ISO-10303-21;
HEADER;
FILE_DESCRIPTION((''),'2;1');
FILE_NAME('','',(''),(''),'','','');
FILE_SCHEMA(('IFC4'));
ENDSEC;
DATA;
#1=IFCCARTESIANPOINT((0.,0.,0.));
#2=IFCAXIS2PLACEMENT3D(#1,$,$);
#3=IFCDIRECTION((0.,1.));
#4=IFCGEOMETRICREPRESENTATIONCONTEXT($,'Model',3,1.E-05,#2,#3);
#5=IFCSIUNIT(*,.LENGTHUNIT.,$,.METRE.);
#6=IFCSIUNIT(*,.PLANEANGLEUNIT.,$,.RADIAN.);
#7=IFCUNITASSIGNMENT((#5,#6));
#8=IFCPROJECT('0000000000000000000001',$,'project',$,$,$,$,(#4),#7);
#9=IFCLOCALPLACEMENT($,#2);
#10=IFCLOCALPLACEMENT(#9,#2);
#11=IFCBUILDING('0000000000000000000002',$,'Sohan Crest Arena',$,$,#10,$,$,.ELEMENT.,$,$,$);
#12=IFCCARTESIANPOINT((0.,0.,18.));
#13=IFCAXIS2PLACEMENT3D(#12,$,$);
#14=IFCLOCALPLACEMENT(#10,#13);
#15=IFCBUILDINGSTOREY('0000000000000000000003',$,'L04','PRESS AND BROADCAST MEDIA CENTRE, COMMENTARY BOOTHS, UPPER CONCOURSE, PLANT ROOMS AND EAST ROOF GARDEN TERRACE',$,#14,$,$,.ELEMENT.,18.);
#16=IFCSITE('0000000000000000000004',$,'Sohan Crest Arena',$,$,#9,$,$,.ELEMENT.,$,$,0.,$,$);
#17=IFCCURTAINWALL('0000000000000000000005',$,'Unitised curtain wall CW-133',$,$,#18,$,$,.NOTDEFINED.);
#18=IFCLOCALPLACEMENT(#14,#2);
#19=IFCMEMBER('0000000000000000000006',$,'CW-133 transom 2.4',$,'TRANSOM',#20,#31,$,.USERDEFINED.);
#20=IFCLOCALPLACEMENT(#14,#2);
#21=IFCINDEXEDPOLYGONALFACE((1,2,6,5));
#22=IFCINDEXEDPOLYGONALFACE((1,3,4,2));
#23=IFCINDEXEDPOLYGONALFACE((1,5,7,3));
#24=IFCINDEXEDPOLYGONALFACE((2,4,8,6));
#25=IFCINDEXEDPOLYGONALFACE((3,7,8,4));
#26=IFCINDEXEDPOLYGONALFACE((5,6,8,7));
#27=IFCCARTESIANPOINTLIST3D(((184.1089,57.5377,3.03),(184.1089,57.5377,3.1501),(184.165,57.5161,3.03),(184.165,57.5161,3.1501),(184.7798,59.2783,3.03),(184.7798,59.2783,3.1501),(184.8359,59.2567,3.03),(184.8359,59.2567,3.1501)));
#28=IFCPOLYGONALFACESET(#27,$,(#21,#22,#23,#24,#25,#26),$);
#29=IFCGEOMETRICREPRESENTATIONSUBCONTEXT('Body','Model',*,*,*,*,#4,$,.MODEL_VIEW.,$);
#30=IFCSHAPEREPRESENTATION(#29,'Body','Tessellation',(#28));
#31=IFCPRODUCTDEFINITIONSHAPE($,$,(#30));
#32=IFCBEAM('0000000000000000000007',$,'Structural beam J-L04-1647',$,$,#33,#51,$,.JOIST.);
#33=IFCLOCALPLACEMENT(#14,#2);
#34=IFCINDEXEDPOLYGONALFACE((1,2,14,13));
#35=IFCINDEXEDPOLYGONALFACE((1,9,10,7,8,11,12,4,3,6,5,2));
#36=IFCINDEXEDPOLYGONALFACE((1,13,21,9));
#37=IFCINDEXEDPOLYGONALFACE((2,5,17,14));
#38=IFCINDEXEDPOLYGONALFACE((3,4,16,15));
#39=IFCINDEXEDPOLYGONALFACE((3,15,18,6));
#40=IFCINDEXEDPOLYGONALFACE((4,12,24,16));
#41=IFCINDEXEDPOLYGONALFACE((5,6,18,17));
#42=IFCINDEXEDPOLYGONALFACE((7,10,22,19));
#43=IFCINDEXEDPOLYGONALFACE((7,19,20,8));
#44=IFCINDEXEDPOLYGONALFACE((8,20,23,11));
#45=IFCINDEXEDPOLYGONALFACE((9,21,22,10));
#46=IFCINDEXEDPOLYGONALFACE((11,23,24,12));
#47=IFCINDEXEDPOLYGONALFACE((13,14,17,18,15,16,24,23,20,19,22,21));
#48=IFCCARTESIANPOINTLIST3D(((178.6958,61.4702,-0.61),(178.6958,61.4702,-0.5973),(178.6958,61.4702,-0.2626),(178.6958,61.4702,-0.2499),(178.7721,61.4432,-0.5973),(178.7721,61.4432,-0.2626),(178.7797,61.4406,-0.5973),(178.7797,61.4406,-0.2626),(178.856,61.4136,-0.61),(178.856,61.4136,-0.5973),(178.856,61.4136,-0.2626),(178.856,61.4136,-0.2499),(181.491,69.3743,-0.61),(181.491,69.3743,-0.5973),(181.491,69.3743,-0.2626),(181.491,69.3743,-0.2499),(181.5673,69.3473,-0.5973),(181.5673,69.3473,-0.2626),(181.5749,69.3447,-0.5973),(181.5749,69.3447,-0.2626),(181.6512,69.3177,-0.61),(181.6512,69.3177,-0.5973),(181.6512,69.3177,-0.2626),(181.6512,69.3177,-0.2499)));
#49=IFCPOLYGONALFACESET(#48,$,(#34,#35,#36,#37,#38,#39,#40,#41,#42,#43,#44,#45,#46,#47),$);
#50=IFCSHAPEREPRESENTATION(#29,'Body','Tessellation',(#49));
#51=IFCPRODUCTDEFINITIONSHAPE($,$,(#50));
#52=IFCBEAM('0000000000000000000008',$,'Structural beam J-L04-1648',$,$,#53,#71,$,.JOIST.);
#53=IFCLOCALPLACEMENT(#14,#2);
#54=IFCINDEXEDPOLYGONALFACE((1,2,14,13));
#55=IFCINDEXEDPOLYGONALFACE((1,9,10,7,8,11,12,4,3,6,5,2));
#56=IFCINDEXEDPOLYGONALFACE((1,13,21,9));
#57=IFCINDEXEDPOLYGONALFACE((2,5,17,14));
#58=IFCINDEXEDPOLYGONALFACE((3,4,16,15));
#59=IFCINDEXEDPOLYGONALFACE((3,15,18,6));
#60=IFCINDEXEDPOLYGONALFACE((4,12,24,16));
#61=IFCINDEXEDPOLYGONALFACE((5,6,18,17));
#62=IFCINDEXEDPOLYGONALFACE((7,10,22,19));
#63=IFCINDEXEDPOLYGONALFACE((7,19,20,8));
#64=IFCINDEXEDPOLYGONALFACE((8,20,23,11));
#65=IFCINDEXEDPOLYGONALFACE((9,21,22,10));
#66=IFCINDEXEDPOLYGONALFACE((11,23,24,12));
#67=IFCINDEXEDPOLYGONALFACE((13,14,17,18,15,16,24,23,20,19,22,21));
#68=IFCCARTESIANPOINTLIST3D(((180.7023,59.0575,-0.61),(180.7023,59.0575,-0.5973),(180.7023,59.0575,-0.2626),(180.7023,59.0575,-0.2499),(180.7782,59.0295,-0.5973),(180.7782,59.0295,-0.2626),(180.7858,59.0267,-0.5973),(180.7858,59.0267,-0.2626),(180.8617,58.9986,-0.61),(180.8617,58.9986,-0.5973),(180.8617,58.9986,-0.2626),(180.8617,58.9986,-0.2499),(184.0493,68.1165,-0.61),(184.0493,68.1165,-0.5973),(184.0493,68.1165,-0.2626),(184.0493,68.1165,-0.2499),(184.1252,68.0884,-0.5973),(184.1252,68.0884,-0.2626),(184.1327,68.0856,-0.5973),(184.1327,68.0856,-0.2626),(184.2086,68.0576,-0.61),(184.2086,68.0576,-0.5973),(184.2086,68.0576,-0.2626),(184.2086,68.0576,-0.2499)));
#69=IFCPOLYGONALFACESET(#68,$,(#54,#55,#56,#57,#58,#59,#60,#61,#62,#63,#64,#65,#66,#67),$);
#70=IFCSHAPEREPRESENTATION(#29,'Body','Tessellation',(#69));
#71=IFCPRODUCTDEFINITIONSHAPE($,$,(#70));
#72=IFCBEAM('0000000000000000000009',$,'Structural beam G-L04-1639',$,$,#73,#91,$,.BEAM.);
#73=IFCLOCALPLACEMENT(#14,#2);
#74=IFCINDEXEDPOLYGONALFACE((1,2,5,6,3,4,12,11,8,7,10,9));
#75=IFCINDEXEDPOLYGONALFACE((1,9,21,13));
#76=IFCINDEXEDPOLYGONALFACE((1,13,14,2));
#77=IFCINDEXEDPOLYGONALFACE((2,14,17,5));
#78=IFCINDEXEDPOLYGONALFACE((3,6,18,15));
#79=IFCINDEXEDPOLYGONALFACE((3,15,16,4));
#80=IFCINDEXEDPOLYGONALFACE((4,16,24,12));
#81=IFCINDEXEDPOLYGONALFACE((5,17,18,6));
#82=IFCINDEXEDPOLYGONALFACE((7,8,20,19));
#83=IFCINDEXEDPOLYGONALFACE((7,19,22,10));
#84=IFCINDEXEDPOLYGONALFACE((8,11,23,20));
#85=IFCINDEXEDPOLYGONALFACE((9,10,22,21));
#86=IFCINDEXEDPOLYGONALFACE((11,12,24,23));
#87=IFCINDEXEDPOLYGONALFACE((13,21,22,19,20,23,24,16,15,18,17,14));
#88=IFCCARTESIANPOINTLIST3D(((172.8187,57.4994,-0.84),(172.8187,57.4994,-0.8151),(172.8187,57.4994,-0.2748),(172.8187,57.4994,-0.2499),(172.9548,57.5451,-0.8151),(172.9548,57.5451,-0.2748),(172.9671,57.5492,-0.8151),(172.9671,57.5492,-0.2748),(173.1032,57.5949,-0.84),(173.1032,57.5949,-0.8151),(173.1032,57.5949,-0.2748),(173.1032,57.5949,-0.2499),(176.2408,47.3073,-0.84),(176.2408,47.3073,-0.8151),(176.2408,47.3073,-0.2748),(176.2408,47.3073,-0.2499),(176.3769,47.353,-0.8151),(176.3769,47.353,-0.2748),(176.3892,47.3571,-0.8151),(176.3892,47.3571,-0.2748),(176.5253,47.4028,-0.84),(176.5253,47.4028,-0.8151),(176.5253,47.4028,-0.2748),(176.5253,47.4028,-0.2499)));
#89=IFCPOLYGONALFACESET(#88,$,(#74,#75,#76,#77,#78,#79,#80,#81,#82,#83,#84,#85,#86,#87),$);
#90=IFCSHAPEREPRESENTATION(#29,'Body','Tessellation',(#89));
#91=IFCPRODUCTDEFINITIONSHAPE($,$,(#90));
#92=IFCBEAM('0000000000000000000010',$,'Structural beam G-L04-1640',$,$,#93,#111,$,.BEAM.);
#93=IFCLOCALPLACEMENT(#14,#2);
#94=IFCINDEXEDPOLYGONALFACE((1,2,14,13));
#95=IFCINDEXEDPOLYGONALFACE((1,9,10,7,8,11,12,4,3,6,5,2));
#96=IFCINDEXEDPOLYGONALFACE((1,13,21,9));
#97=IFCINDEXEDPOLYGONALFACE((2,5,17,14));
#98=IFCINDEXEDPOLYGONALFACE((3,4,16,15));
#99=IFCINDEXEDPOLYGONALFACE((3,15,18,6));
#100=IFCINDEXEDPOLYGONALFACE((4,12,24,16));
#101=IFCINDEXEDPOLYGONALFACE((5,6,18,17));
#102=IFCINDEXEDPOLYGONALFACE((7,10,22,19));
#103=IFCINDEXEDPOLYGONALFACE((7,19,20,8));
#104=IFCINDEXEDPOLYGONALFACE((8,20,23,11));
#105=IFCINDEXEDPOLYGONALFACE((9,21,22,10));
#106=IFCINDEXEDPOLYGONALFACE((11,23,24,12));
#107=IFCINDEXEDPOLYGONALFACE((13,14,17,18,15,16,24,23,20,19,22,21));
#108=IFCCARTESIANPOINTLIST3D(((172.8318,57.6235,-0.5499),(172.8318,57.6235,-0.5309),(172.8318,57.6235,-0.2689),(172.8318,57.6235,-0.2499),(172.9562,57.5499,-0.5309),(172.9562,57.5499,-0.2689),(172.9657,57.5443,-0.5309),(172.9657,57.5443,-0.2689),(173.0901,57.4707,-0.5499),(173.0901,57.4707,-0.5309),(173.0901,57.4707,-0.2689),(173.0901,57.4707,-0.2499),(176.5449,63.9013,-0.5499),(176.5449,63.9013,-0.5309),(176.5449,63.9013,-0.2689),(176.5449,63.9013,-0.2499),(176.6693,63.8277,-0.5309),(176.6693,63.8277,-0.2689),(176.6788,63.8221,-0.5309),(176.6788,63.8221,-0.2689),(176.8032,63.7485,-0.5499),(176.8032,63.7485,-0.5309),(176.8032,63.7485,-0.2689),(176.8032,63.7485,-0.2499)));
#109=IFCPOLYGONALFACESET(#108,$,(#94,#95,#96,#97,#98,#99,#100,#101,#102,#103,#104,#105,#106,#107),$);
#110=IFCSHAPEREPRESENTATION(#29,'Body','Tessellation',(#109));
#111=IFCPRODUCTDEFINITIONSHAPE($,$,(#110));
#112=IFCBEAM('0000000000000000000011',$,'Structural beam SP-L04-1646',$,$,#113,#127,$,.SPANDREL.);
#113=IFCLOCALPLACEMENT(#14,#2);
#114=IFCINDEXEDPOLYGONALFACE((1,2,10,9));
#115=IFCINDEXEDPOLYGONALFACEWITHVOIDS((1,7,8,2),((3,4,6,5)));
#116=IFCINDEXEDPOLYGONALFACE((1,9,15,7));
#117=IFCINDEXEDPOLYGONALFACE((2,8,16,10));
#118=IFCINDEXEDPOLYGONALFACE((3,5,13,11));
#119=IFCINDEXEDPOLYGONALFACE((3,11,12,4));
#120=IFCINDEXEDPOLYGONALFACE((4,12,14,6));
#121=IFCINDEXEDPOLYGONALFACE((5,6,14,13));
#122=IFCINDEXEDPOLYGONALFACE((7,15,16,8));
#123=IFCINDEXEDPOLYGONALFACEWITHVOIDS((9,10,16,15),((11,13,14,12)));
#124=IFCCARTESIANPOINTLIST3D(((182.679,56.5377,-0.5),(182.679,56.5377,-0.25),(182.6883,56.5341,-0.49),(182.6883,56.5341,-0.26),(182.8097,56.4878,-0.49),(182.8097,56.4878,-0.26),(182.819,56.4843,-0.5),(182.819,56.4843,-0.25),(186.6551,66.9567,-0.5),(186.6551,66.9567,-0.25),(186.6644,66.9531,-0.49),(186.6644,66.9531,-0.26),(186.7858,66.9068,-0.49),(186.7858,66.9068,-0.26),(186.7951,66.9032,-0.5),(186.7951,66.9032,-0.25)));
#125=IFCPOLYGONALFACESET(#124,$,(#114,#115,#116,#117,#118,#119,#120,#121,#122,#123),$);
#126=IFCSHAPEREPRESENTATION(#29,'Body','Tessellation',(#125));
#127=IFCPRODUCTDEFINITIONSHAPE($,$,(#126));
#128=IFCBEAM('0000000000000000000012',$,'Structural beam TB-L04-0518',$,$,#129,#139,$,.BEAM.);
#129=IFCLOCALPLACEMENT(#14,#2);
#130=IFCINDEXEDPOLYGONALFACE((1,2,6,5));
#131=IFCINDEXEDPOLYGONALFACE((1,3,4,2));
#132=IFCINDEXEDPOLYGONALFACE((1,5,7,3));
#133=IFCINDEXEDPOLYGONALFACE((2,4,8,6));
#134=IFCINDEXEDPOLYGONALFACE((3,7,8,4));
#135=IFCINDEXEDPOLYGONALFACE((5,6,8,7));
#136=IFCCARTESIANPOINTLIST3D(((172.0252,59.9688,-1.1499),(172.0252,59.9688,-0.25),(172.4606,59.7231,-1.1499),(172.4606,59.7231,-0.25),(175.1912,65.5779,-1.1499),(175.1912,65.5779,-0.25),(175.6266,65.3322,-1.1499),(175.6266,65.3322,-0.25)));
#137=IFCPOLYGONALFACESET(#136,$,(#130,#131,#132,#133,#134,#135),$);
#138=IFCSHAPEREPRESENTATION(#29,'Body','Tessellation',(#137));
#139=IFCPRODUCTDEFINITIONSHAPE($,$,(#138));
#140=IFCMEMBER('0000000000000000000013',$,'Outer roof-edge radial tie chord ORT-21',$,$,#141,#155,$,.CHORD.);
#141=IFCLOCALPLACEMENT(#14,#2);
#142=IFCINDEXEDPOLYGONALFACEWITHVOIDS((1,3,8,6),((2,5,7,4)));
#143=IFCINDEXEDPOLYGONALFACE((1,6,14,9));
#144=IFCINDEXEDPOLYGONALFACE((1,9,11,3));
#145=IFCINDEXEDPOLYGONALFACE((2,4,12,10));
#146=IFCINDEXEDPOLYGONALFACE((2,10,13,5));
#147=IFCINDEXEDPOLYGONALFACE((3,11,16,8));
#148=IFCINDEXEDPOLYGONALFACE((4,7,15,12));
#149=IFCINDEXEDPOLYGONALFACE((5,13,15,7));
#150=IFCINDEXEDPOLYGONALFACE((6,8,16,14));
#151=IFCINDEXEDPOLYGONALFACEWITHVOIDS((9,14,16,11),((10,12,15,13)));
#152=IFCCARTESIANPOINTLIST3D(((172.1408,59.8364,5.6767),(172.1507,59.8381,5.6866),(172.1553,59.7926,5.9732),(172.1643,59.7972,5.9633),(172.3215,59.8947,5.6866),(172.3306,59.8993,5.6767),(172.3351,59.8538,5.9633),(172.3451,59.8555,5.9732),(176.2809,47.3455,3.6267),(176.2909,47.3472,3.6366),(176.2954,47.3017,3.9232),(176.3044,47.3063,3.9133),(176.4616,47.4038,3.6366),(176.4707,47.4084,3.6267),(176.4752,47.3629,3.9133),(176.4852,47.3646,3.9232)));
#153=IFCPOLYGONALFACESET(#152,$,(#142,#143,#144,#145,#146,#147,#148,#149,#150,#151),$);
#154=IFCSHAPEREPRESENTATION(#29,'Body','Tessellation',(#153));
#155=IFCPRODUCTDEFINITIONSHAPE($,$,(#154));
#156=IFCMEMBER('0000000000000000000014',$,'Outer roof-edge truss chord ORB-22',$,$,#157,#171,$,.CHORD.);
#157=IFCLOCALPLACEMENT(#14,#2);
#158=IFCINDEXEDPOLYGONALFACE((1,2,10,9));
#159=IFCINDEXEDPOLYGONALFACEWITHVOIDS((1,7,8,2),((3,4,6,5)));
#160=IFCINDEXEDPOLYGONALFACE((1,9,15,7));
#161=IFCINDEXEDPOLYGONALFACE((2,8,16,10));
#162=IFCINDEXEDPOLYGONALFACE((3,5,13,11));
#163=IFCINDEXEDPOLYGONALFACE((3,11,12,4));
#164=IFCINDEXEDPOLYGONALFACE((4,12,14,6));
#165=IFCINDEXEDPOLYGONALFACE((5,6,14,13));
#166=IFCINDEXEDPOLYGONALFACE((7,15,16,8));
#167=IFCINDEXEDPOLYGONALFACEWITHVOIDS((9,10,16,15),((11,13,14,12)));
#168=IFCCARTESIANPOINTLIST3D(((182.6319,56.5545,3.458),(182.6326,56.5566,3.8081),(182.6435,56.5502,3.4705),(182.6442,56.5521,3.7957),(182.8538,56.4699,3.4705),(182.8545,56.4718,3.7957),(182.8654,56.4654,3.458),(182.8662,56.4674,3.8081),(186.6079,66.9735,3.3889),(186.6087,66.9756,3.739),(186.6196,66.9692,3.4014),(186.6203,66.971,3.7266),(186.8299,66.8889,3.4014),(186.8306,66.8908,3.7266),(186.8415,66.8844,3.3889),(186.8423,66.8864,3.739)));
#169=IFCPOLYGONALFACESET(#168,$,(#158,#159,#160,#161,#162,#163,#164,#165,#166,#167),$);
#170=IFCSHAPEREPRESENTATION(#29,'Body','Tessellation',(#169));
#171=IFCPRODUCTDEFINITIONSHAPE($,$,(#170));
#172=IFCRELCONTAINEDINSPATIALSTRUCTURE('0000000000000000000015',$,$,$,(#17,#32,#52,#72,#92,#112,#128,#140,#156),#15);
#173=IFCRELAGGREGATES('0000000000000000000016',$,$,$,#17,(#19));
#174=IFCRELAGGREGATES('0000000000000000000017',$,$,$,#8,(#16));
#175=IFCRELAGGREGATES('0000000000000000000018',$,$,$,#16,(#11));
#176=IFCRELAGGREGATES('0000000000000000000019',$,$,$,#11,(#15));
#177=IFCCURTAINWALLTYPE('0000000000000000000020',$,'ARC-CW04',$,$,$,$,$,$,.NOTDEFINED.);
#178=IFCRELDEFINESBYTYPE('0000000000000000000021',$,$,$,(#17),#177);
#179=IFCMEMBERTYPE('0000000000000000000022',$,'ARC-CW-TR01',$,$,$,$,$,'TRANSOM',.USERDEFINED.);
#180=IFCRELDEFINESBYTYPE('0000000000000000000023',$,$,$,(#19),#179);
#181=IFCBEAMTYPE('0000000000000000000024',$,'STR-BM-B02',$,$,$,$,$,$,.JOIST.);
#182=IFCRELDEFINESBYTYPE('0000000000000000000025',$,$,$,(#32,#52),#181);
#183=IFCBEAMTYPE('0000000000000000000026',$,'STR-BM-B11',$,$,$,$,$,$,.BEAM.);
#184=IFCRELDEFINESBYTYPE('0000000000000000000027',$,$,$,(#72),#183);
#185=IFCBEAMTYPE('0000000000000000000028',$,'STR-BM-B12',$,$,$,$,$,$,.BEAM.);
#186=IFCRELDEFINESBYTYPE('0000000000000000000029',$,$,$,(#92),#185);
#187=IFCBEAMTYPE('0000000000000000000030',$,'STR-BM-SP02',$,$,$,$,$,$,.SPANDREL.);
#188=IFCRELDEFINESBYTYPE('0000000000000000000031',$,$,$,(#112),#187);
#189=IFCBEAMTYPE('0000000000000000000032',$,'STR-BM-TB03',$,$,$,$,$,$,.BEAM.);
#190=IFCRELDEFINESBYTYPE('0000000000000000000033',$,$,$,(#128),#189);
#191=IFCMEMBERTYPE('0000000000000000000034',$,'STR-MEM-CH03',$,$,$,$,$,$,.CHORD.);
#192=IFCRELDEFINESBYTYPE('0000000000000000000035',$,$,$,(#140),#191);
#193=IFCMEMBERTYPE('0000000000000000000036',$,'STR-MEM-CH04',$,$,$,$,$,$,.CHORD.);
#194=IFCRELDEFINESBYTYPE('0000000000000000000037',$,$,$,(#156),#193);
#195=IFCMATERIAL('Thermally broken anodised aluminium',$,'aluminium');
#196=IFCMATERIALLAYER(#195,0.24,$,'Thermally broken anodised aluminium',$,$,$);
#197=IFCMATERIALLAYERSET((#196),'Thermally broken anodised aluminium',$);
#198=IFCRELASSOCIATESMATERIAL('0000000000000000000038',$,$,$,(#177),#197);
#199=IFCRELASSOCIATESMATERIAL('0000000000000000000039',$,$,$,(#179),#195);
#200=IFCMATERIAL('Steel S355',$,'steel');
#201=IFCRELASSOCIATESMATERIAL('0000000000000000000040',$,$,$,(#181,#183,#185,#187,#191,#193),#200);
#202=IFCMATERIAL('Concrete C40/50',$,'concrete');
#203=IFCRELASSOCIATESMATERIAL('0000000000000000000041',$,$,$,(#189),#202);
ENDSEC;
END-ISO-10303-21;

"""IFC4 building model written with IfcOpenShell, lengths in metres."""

from ifc_helpers import new_model, si_unit, direction, frame, origin, origin_2d, place, context, subcontext, project, spatial, rectangle, hollow_rectangle, i_section, extrude, material, layer, layer_set, material_profile, profile_set, type_object, element, aggregate, save


model = new_model("IFC4")

# Units and contexts
model_context = context("Model", 3, precision=1e-05, world=origin(), true_north=direction((0.0, 1.0)))
body_context = subcontext(model_context, "Body", "Model", "MODEL_VIEW")
ifc_project = project(units=[si_unit("LENGTHUNIT", "METRE"), si_unit("PLANEANGLEUNIT", "RADIAN")], contexts=[model_context])

# Site, building, storey
site_placement = place(None, origin())
site = spatial("IfcSite", under=ifc_project, at=site_placement, Name="Sohan Crest Arena", CompositionType="ELEMENT", RefElevation=0.0)
building_placement = place(site_placement, origin())
building = spatial("IfcBuilding", under=site, at=building_placement, Name="Sohan Crest Arena", CompositionType="ELEMENT")
storey_placement = place(building_placement, frame((0.0, 0.0, 18.0)))
storey = spatial("IfcBuildingStorey", under=building, at=storey_placement, Name="L04", Description="PRESS AND BROADCAST MEDIA CENTRE, COMMENTARY BOOTHS, UPPER CONCOURSE, PLANT ROOMS AND EAST ROOF GARDEN TERRACE", CompositionType="ELEMENT", Elevation=18.0)

# Shared definitions
ifc_material_1 = material(Name="Concrete C40/50", Category="concrete")
ifc_material_2 = material(Name="Steel S355", Category="steel")

# Curtain wall, member
ifc_material_3 = material(Name="Thermally broken anodised aluminium", Category="aluminium")
ifc_layer_1 = layer(ifc_material_3, 0.24, Name="Thermally broken anodised aluminium")
ifc_layer_set_1 = layer_set([ifc_layer_1], Name="Thermally broken anodised aluminium")
curtain_wall_type = type_object("IfcCurtainWallType", Name="ARC-CW04", PredefinedType="NOTDEFINED", material=ifc_layer_set_1)
curtain_wall_placement = place(storey_placement, origin())
curtain_wall = element("IfcCurtainWall", 1, at=curtain_wall_placement, inside=storey, type_object=curtain_wall_type, Name="Unitised curtain wall CW-133", PredefinedType="NOTDEFINED")
ifc_material_profile_1 = material_profile(ifc_material_3, rectangle(XDim=0.0601, YDim=0.1201, at=origin_2d()), Name="ALU-TRAN 60x120")
ifc_profile_set_1 = profile_set([ifc_material_profile_1], Name="Thermally broken anodised aluminium")
member_type_1 = type_object("IfcMemberType", Name="ARC-CW-TR01", ElementType="TRANSOM", PredefinedType="USERDEFINED", material=ifc_profile_set_1)
member_1_placement = place(storey_placement, frame((184.137, 57.5269, 3.0901), z_axis=(0.359628, 0.933096, 0.0), x_axis=(-0.933096, 0.359628, 0.0)))
member_1 = element("IfcMember", 2, at=member_1_placement, type_object=member_type_1, Name="CW-133 transom 2.4", ObjectType="TRANSOM", PredefinedType="USERDEFINED", context=body_context, shape_type="SweptSolid", body=[
    extrude(rectangle(XDim=0.0601, YDim=0.1201, at=origin_2d()), origin(), (0.0, 0.0, 1.0), 1.8655),
])

# Beams
ifc_material_profile_2 = material_profile(ifc_material_2, i_section(OverallWidth=0.1699, OverallDepth=0.3601, WebThickness=0.0081, FlangeThickness=0.0127, at=origin_2d()), Name="IPE 360")
ifc_profile_set_2 = profile_set([ifc_material_profile_2], Name="Steel S355")
beam_type_1 = type_object("IfcBeamType", Name="STR-BM-B02", PredefinedType="JOIST", material=ifc_profile_set_2)
beam_1_placement = place(storey_placement, frame((178.7759, 61.4419, -0.4299), z_axis=(0.333403, 0.942784, 0.0), x_axis=(-0.942784, 0.333403, 0.0)))
element("IfcBeam", 3, at=beam_1_placement, inside=storey, type_object=beam_type_1, Name="Structural beam J-L04-1647", PredefinedType="JOIST", context=body_context, shape_type="SweptSolid", body=[
    extrude(i_section(OverallWidth=0.1699, OverallDepth=0.3601, WebThickness=0.0081, FlangeThickness=0.0127, at=origin_2d()), origin(), (0.0, 0.0, 1.0), 8.3838),
])
beam_2_placement = place(storey_placement, frame((180.782, 59.0281, -0.4299), z_axis=(0.346567, 0.938025, 0.0), x_axis=(-0.938025, 0.346567, 0.0)))
element("IfcBeam", 4, at=beam_2_placement, inside=storey, type_object=beam_type_1, Name="Structural beam J-L04-1648", PredefinedType="JOIST", context=body_context, shape_type="SweptSolid", body=[
    extrude(i_section(OverallWidth=0.1699, OverallDepth=0.3601, WebThickness=0.0081, FlangeThickness=0.0127, at=origin_2d()), origin(), (0.0, 0.0, 1.0), 9.6575),
])
ifc_material_profile_3 = material_profile(ifc_material_2, i_section(OverallWidth=0.3, OverallDepth=0.5901, WebThickness=0.0129, FlangeThickness=0.0249, at=origin_2d()), Name="HEA 600")
ifc_profile_set_3 = profile_set([ifc_material_profile_3], Name="Steel S355")
beam_type_2 = type_object("IfcBeamType", Name="STR-BM-B11", PredefinedType="BEAM", material=ifc_profile_set_3)
beam_3_placement = place(storey_placement, frame((172.9609, 57.5471, -0.5449), z_axis=(0.318298, -0.947991, 0.0), x_axis=(0.947991, 0.318298, 0.0)))
element("IfcBeam", 5, at=beam_3_placement, inside=storey, type_object=beam_type_2, Name="Structural beam G-L04-1639", PredefinedType="BEAM", context=body_context, shape_type="SweptSolid", body=[
    extrude(i_section(OverallWidth=0.3, OverallDepth=0.5901, WebThickness=0.0129, FlangeThickness=0.0249, at=origin_2d()), origin(), (0.0, 0.0, 1.0), 10.7512),
])
ifc_material_profile_4 = material_profile(ifc_material_2, i_section(OverallWidth=0.3, OverallDepth=0.3, WebThickness=0.011, FlangeThickness=0.019, at=origin_2d()), Name="HEB 300")
ifc_profile_set_4 = profile_set([ifc_material_profile_4], Name="Steel S355")
beam_type_3 = type_object("IfcBeamType", Name="STR-BM-B12", PredefinedType="BEAM", material=ifc_profile_set_4)
beam_4_placement = place(storey_placement, frame((172.9609, 57.5471, -0.3999), z_axis=(0.509086, 0.860716, 0.0), x_axis=(-0.860716, 0.509086, 0.0)))
element("IfcBeam", 6, at=beam_4_placement, inside=storey, type_object=beam_type_3, Name="Structural beam G-L04-1640", PredefinedType="BEAM", context=body_context, shape_type="SweptSolid", body=[
    extrude(i_section(OverallWidth=0.3, OverallDepth=0.3, WebThickness=0.011, FlangeThickness=0.019, at=origin_2d()), origin(), (0.0, 0.0, 1.0), 7.2937),
])
ifc_material_profile_5 = material_profile(ifc_material_2, hollow_rectangle(XDim=0.1499, YDim=0.25, WallThickness=0.01, at=origin_2d()), Name="RHS 250x150x10")
ifc_profile_set_5 = profile_set([ifc_material_profile_5], Name="Steel S355")
beam_type_4 = type_object("IfcBeamType", Name="STR-BM-SP02", PredefinedType="SPANDREL", material=ifc_profile_set_5)
beam_5_placement = place(storey_placement, frame((182.749, 56.511, -0.375), z_axis=(0.35654, 0.93428, 0.0), x_axis=(-0.93428, 0.35654, 0.0)))
element("IfcBeam", 7, at=beam_5_placement, inside=storey, type_object=beam_type_4, Name="Structural beam SP-L04-1646", PredefinedType="SPANDREL", context=body_context, shape_type="SweptSolid", body=[
    extrude(hollow_rectangle(XDim=0.1499, YDim=0.25, WallThickness=0.01, at=origin_2d()), origin(), (0.0, 0.0, 1.0), 11.1519),
])
ifc_material_profile_6 = material_profile(ifc_material_1, rectangle(XDim=0.5, YDim=0.8999, at=origin_2d()), Name="RC-BM 500x900")
ifc_profile_set_6 = profile_set([ifc_material_profile_6], Name="Concrete C40/50")
beam_type_5 = type_object("IfcBeamType", Name="STR-BM-TB03", PredefinedType="BEAM", material=ifc_profile_set_6)
beam_6_placement = place(storey_placement, frame((172.2429, 59.8459, -0.7), z_axis=(0.491544, 0.870853, 0.0), x_axis=(-0.870853, 0.491544, 0.0)))
element("IfcBeam", 8, at=beam_6_placement, inside=storey, type_object=beam_type_5, Name="Structural beam TB-L04-0518", PredefinedType="BEAM", context=body_context, shape_type="SweptSolid", body=[
    extrude(rectangle(XDim=0.5, YDim=0.8999, at=origin_2d()), origin(), (0.0, 0.0, 1.0), 6.4409),
])

# Members
ifc_material_profile_7 = material_profile(ifc_material_2, hollow_rectangle(XDim=0.2, YDim=0.3, WallThickness=0.01, at=origin_2d()), Name="RHS 300x200x10")
ifc_profile_set_7 = profile_set([ifc_material_profile_7], Name="Steel S355")
member_type_2 = type_object("IfcMemberType", Name="STR-MEM-CH03", PredefinedType="CHORD", material=ifc_profile_set_7)
member_2_placement = place(storey_placement, frame((172.2429, 59.8459, 5.825), z_axis=(0.310869, -0.937905, -0.153931), x_axis=(0.949218, 0.314619, 0.0)))
element("IfcMember", 9, at=member_2_placement, inside=storey, type_object=member_type_2, Name="Outer roof-edge radial tie chord ORT-21", PredefinedType="CHORD", context=body_context, shape_type="SweptSolid", body=[
    extrude(hollow_rectangle(XDim=0.2, YDim=0.3, WallThickness=0.01, at=origin_2d()), origin(), (0.0, 0.0, 1.0), 13.3179),
])
ifc_material_profile_8 = material_profile(ifc_material_2, hollow_rectangle(XDim=0.25, YDim=0.3501, WallThickness=0.0125, at=origin_2d()), Name="RHS 350x250x12.5")
ifc_profile_set_8 = profile_set([ifc_material_profile_8], Name="Steel S355")
member_type_3 = type_object("IfcMemberType", Name="STR-MEM-CH04", PredefinedType="CHORD", material=ifc_profile_set_8)
member_3_placement = place(storey_placement, frame((182.749, 56.511, 3.6331), z_axis=(0.356533, 0.934262, -0.006195), x_axis=(-0.93428, 0.35654, 0.0)))
element("IfcMember", 10, at=member_3_placement, inside=storey, type_object=member_type_3, Name="Outer roof-edge truss chord ORB-22", PredefinedType="CHORD", context=body_context, shape_type="SweptSolid", body=[
    extrude(hollow_rectangle(XDim=0.25, YDim=0.3501, WallThickness=0.0125, at=origin_2d()), origin(), (0.0, 0.0, 1.0), 11.1521),
])

aggregate(curtain_wall, [member_1])

save(model, "model.ifc")
